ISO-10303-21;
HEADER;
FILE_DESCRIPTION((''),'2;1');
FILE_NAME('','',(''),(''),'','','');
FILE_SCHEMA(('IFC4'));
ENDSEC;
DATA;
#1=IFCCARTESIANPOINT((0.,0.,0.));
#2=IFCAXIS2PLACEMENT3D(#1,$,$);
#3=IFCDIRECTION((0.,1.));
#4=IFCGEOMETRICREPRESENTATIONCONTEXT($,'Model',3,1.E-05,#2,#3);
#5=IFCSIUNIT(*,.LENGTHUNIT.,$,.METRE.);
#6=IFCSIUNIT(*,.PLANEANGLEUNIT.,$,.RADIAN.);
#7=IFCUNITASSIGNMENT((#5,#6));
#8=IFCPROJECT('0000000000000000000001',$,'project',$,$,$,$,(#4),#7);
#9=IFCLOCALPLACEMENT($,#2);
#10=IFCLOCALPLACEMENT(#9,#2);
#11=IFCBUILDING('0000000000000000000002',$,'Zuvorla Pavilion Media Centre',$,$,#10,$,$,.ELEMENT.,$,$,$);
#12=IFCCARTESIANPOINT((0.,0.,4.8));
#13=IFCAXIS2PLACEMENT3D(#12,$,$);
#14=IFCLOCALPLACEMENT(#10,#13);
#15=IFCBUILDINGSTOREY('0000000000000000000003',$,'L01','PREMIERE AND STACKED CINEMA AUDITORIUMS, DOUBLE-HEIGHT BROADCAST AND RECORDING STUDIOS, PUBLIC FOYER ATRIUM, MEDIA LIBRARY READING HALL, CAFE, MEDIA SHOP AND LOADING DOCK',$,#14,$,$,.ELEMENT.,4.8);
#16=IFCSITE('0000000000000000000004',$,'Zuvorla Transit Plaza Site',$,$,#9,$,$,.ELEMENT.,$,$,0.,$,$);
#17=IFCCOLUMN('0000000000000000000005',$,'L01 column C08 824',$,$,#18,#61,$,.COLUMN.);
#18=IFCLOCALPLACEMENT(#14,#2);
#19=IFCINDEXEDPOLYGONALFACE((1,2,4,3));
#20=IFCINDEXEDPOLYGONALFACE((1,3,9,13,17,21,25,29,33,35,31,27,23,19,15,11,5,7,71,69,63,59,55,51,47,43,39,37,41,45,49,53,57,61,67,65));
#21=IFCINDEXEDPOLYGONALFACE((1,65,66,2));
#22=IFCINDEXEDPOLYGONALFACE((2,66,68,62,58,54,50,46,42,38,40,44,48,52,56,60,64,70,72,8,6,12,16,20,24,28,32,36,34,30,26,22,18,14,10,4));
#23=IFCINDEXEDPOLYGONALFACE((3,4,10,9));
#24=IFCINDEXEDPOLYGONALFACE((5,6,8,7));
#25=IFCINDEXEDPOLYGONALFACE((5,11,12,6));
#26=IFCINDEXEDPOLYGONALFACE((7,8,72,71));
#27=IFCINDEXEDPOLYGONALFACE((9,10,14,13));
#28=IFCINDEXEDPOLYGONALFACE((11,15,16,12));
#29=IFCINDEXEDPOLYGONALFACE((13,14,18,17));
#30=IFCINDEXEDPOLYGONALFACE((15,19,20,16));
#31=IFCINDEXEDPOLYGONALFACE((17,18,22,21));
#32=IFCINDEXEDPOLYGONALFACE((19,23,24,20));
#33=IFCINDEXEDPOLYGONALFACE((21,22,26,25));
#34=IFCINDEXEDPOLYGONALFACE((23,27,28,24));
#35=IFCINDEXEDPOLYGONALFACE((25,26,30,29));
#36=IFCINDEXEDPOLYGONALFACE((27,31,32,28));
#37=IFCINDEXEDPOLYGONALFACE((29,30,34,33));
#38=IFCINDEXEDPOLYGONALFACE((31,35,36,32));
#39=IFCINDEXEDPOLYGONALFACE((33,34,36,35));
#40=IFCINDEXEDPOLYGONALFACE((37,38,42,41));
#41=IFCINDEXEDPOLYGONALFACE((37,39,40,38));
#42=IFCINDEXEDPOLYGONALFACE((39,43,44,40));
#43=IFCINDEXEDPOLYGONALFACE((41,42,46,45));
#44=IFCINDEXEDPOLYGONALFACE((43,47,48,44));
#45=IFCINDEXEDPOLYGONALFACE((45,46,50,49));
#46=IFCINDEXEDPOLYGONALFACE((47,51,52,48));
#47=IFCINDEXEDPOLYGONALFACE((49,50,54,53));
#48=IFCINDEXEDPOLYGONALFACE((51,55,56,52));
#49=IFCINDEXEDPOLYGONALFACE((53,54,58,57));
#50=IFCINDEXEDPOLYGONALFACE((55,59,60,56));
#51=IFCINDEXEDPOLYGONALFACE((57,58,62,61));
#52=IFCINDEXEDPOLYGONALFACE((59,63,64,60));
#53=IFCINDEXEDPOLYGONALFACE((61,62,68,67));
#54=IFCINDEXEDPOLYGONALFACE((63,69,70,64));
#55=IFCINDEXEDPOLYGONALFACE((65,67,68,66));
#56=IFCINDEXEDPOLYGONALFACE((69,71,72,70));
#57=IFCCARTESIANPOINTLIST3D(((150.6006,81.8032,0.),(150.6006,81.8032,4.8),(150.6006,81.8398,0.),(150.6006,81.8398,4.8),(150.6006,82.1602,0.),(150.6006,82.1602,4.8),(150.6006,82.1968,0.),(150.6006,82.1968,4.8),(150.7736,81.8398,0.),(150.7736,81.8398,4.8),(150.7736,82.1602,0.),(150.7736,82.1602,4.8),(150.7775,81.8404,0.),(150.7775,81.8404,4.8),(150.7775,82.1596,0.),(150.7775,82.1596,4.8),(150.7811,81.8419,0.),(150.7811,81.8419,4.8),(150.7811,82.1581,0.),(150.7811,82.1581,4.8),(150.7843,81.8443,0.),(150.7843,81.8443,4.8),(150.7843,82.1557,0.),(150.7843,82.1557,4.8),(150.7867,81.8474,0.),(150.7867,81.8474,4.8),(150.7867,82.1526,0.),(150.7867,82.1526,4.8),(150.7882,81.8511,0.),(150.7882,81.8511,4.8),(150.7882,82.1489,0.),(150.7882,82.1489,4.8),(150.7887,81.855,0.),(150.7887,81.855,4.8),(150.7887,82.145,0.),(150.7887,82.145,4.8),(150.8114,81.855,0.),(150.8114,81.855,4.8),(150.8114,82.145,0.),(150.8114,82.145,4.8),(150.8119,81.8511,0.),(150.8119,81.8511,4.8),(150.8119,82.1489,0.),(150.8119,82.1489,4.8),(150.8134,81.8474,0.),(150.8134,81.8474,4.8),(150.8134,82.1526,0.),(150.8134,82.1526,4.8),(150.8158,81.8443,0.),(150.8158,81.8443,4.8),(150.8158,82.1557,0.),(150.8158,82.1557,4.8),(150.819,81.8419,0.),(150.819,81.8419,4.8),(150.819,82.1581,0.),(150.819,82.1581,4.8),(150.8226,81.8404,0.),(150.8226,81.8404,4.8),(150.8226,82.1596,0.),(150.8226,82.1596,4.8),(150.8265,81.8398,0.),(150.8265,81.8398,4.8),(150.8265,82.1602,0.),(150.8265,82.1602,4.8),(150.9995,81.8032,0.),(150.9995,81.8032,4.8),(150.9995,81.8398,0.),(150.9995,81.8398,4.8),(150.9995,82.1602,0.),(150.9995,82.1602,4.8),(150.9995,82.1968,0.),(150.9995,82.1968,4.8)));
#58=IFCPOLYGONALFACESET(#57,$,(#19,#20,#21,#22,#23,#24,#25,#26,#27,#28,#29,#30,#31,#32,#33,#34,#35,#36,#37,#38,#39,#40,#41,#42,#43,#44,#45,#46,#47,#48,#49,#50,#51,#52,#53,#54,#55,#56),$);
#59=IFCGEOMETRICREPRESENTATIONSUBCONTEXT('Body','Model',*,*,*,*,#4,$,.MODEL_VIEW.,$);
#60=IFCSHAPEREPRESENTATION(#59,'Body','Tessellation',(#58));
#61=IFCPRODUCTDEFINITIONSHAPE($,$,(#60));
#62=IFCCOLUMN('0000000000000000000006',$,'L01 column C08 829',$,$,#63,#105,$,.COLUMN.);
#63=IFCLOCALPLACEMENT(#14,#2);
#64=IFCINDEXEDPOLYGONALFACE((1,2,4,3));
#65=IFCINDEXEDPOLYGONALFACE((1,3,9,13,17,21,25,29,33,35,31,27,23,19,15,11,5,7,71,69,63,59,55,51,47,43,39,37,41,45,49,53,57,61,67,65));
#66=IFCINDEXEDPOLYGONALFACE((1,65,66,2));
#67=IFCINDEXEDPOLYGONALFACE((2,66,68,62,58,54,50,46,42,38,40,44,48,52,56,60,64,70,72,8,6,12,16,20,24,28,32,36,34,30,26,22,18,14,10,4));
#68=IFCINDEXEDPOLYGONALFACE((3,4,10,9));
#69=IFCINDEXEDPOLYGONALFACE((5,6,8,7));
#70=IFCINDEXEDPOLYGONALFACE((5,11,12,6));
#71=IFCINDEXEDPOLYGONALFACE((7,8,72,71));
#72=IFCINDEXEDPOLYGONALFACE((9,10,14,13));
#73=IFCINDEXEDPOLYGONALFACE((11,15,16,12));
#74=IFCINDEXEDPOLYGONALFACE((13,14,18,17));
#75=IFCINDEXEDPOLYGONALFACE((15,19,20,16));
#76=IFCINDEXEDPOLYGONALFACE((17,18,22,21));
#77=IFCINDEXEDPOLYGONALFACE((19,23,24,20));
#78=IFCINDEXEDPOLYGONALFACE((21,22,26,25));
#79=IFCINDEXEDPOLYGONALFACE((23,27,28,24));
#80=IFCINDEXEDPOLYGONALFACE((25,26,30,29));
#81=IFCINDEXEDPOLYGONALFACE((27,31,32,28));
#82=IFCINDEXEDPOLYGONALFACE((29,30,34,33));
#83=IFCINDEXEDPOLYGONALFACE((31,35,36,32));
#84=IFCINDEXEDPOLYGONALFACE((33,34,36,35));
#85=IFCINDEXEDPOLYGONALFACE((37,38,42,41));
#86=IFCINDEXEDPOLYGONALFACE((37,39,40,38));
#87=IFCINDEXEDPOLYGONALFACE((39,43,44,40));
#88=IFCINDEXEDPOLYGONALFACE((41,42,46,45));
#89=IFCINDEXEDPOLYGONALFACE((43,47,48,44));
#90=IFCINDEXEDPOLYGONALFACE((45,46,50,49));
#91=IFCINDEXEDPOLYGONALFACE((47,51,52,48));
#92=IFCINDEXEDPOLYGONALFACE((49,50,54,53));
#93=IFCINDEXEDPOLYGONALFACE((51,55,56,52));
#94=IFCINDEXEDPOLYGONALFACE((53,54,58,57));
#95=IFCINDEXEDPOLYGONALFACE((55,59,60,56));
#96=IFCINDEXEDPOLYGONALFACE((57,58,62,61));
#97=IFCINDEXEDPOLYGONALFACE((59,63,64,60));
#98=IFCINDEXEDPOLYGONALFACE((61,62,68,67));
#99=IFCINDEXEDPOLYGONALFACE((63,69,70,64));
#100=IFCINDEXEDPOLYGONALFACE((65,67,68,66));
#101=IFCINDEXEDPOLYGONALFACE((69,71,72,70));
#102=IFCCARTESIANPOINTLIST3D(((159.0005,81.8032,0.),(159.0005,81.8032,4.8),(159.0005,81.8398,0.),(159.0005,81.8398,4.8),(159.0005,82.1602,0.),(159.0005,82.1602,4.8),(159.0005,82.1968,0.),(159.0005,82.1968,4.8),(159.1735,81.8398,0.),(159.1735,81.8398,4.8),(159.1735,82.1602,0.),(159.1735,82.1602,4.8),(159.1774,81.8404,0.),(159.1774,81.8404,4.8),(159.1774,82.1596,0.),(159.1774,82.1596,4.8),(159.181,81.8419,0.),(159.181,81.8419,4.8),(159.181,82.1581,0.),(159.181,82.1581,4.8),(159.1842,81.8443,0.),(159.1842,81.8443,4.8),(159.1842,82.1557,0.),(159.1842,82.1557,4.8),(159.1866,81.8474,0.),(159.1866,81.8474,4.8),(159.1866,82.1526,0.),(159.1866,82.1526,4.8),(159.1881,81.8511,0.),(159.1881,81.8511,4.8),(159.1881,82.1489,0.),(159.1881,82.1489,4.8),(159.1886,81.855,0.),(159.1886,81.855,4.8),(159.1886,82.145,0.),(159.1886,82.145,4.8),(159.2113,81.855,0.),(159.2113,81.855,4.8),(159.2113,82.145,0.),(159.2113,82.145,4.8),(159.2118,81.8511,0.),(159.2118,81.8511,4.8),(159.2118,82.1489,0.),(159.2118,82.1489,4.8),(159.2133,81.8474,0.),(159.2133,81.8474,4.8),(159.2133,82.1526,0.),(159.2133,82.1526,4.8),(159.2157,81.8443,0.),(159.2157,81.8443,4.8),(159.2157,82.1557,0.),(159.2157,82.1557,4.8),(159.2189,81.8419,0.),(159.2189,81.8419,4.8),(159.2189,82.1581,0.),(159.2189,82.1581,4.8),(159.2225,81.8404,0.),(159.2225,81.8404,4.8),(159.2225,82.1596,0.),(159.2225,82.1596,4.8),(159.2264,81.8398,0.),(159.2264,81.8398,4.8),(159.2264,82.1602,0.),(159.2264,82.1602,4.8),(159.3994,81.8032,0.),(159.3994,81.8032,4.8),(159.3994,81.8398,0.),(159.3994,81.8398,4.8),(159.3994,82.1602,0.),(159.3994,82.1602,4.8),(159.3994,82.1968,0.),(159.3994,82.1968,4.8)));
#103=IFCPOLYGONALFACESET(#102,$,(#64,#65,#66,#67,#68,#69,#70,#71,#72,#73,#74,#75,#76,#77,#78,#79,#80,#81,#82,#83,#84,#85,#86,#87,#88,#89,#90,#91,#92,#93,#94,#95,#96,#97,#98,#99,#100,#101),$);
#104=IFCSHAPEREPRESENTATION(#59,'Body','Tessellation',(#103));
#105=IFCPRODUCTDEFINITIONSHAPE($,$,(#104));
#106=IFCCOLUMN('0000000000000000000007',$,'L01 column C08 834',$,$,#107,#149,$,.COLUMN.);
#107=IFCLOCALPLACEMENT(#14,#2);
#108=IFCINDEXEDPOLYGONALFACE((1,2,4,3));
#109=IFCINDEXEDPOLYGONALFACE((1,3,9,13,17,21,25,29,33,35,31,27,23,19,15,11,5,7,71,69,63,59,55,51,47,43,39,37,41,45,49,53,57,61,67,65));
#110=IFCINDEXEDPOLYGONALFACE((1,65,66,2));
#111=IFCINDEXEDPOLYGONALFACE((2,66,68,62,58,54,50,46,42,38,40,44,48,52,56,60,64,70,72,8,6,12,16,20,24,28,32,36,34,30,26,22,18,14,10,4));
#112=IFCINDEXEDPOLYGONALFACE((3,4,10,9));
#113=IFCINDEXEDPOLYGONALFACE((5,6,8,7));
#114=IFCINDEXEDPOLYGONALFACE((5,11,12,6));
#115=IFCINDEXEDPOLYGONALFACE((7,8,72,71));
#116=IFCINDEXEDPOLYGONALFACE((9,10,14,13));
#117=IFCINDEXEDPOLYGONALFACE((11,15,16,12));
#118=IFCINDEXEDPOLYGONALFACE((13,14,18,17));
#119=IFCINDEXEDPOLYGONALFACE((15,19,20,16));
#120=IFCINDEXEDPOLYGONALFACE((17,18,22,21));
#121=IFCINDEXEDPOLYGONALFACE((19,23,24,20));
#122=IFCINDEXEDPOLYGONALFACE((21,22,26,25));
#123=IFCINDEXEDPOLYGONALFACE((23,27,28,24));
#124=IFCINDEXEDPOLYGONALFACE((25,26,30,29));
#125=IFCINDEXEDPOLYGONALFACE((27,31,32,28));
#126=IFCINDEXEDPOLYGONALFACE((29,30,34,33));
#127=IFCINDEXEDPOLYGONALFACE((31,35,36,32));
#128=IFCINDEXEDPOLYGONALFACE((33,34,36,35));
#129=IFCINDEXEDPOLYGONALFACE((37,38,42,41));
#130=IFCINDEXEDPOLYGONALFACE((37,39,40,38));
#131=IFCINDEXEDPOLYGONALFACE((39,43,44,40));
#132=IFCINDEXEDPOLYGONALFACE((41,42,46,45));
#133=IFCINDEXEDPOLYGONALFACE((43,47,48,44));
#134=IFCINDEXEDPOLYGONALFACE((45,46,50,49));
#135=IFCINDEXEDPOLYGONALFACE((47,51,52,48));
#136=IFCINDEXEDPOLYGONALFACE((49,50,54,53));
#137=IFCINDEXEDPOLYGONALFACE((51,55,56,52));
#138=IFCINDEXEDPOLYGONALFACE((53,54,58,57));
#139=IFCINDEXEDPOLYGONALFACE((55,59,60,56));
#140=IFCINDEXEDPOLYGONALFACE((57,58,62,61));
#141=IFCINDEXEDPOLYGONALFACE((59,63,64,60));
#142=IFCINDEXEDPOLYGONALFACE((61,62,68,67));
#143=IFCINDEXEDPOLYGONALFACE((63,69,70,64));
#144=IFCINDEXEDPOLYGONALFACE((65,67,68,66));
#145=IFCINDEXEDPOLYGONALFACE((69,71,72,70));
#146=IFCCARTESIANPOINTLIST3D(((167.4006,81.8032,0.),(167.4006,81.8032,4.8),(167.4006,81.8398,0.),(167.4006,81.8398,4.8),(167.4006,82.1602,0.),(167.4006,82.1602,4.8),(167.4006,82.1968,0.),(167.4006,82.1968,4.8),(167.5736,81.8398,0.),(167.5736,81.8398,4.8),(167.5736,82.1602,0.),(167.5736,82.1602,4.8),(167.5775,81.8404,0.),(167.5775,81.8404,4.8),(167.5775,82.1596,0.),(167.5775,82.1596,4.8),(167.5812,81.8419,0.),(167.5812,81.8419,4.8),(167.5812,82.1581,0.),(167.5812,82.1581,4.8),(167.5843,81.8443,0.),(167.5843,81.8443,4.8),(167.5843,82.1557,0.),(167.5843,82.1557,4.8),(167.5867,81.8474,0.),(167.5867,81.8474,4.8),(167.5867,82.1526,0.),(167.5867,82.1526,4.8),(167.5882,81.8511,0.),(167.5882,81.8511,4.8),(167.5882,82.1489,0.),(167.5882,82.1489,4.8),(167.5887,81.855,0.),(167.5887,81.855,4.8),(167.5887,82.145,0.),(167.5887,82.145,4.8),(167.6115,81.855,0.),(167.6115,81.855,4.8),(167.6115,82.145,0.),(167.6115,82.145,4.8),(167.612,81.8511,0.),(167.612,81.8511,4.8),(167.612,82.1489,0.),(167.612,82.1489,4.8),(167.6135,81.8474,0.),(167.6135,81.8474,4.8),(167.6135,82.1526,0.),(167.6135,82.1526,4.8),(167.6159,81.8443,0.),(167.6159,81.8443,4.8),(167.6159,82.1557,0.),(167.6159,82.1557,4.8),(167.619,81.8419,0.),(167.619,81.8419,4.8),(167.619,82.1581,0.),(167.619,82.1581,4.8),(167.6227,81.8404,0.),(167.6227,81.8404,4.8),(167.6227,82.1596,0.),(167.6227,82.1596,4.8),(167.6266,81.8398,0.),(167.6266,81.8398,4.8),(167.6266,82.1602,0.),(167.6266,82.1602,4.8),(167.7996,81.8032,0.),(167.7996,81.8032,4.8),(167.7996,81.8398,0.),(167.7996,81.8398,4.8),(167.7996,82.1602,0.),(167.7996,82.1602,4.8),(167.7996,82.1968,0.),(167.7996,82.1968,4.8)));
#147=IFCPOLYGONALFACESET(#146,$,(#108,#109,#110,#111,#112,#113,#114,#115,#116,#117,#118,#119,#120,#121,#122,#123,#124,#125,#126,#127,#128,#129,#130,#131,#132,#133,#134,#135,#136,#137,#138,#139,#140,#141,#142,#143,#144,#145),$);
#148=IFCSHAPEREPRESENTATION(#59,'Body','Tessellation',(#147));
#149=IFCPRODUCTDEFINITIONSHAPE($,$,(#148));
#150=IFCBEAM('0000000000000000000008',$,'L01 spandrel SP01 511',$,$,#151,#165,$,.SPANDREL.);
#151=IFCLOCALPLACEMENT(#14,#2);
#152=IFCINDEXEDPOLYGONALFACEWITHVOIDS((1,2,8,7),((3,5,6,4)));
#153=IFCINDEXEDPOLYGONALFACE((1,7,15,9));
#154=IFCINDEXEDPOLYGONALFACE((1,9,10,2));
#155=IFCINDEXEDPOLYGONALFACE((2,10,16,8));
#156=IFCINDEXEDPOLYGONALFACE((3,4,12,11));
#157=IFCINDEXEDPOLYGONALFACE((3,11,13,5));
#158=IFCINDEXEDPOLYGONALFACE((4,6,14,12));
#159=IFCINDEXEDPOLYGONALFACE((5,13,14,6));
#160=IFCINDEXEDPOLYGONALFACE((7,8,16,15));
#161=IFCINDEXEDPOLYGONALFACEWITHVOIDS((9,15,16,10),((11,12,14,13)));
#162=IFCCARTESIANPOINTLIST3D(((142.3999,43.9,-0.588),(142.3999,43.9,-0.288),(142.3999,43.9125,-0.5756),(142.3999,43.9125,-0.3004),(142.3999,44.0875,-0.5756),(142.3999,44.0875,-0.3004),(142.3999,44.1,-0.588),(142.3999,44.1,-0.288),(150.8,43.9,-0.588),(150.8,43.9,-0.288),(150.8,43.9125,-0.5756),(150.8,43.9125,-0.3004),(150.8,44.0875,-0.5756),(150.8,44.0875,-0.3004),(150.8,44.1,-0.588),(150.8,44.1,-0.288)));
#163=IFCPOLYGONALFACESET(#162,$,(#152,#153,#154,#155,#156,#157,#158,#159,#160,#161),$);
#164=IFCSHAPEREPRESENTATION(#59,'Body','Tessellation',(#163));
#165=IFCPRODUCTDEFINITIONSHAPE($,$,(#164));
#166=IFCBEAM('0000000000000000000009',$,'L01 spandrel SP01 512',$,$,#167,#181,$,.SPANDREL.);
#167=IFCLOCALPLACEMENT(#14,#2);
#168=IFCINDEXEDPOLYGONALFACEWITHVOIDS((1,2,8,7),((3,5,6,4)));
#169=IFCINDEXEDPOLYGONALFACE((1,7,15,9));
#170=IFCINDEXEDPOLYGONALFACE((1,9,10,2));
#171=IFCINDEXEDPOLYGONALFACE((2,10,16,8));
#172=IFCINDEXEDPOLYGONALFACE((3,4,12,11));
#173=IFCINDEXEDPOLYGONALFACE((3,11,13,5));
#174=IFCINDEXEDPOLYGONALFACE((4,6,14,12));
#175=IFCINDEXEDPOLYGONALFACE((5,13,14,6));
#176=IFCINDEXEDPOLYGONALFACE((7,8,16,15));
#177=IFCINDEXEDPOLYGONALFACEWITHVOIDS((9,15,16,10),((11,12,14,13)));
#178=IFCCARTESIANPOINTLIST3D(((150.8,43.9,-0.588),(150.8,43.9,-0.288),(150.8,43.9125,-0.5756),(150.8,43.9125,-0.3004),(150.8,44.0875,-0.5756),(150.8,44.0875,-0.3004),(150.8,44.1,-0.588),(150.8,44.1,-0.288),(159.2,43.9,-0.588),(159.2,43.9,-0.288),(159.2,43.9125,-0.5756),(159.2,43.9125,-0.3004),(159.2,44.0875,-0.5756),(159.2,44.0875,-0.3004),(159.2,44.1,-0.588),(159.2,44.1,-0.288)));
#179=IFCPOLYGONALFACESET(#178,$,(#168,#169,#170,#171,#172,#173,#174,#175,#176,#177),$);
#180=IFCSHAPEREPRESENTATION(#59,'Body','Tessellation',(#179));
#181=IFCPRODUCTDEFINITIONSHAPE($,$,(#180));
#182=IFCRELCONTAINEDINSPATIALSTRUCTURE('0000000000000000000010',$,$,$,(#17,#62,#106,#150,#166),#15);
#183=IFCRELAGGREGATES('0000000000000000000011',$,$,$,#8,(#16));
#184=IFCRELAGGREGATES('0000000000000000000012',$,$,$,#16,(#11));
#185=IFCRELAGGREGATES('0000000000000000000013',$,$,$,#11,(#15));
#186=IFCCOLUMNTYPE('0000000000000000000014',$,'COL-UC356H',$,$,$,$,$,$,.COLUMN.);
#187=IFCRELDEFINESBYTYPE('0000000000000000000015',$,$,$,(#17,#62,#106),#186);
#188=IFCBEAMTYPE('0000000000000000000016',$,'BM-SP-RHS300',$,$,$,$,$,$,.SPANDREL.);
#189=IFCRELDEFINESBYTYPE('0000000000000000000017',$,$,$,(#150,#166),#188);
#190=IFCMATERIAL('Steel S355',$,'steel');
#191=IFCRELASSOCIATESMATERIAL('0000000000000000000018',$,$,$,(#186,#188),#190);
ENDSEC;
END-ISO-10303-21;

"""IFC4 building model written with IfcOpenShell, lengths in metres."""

from ifc_helpers import new_model, si_unit, direction, frame, origin, origin_2d, place, context, subcontext, project, spatial, hollow_rectangle, i_section, extrude, material, material_profile, profile_set, type_object, element, save


model = new_model("IFC4")

# Units and contexts
model_context = context("Model", 3, precision=1e-05, world=origin(), true_north=direction((0.0, 1.0)))
body_context = subcontext(model_context, "Body", "Model", "MODEL_VIEW")
ifc_project = project(units=[si_unit("LENGTHUNIT", "METRE"), si_unit("PLANEANGLEUNIT", "RADIAN")], contexts=[model_context])

# Site, building, storey
site_placement = place(None, origin())
site = spatial("IfcSite", under=ifc_project, at=site_placement, Name="Zuvorla Transit Plaza Site", CompositionType="ELEMENT", RefElevation=0.0)
building_placement = place(site_placement, origin())
building = spatial("IfcBuilding", under=site, at=building_placement, Name="Zuvorla Pavilion Media Centre", CompositionType="ELEMENT")
storey_placement = place(building_placement, frame((0.0, 0.0, 4.8)))
storey = spatial("IfcBuildingStorey", under=building, at=storey_placement, Name="L01", Description="PREMIERE AND STACKED CINEMA AUDITORIUMS, DOUBLE-HEIGHT BROADCAST AND RECORDING STUDIOS, PUBLIC FOYER ATRIUM, MEDIA LIBRARY READING HALL, CAFE, MEDIA SHOP AND LOADING DOCK", CompositionType="ELEMENT", Elevation=4.8)

# Columns
ifc_material_1 = material(Name="Steel S355", Category="steel")
ifc_material_profile_1 = material_profile(ifc_material_1, i_section(OverallWidth=0.3989, OverallDepth=0.3936, WebThickness=0.0227, FlangeThickness=0.0366, FilletRadius=0.0151, at=origin_2d()), Name="UC 356x406x287")
ifc_profile_set_1 = profile_set([ifc_material_profile_1], Name="Steel S355")
column_type = type_object("IfcColumnType", Name="COL-UC356H", PredefinedType="COLUMN", material=ifc_profile_set_1)
for number, where, z_axis, x_axis, name in (
    (1, (150.8, 82.0, 0.0), (0.0, 0.0, 1.0), (1.0, 0.0, 0.0), "L01 column C08 824"),
    (2, (159.2, 82.0, 0.0), (0.0, 0.0, 1.0), (1.0, 0.0, 0.0), "L01 column C08 829"),
    (3, (167.6001, 82.0, 0.0), (0.0, 0.0, 1.0), (1.0, 0.0, 0.0), "L01 column C08 834"),
):
    element("IfcColumn", number, at=place(storey_placement, frame(where, z_axis=z_axis, x_axis=x_axis)), inside=storey, type_object=column_type, Name=name, PredefinedType="COLUMN", context=body_context, shape_type="SweptSolid", body=[
        extrude(i_section(OverallWidth=0.3989, OverallDepth=0.3936, WebThickness=0.0227, FlangeThickness=0.0366, FilletRadius=0.0151, at=origin_2d()), origin(), (0.0, 0.0, 1.0), 4.8),
    ])

# Beams
ifc_material_profile_2 = material_profile(ifc_material_1, hollow_rectangle(XDim=0.2, YDim=0.3, WallThickness=0.0125, at=origin_2d()), Name="RHS 300x200x12.5")
ifc_profile_set_2 = profile_set([ifc_material_profile_2], Name="Steel S355")
beam_type_1 = type_object("IfcBeamType", Name="BM-SP-RHS300", PredefinedType="SPANDREL", material=ifc_profile_set_2)
beam_1_placement = place(storey_placement, frame((142.3999, 44.0, -0.438), z_axis=(1.0, 0.0, 0.0), x_axis=(0.0, 1.0, 0.0)))
element("IfcBeam", 4, at=beam_1_placement, inside=storey, type_object=beam_type_1, Name="L01 spandrel SP01 511", PredefinedType="SPANDREL", context=body_context, shape_type="SweptSolid", body=[
    extrude(hollow_rectangle(XDim=0.2, YDim=0.3, WallThickness=0.0125, at=origin_2d()), origin(), (0.0, 0.0, 1.0), 8.4001),
])
beam_2_placement = place(storey_placement, frame((150.8, 44.0, -0.438), z_axis=(1.0, 0.0, 0.0), x_axis=(0.0, 1.0, 0.0)))
element("IfcBeam", 5, at=beam_2_placement, inside=storey, type_object=beam_type_1, Name="L01 spandrel SP01 512", PredefinedType="SPANDREL", context=body_context, shape_type="SweptSolid", body=[
    extrude(hollow_rectangle(XDim=0.2, YDim=0.3, WallThickness=0.0125, at=origin_2d()), origin(), (0.0, 0.0, 1.0), 8.3999),
])

save(model, "model.ifc")
